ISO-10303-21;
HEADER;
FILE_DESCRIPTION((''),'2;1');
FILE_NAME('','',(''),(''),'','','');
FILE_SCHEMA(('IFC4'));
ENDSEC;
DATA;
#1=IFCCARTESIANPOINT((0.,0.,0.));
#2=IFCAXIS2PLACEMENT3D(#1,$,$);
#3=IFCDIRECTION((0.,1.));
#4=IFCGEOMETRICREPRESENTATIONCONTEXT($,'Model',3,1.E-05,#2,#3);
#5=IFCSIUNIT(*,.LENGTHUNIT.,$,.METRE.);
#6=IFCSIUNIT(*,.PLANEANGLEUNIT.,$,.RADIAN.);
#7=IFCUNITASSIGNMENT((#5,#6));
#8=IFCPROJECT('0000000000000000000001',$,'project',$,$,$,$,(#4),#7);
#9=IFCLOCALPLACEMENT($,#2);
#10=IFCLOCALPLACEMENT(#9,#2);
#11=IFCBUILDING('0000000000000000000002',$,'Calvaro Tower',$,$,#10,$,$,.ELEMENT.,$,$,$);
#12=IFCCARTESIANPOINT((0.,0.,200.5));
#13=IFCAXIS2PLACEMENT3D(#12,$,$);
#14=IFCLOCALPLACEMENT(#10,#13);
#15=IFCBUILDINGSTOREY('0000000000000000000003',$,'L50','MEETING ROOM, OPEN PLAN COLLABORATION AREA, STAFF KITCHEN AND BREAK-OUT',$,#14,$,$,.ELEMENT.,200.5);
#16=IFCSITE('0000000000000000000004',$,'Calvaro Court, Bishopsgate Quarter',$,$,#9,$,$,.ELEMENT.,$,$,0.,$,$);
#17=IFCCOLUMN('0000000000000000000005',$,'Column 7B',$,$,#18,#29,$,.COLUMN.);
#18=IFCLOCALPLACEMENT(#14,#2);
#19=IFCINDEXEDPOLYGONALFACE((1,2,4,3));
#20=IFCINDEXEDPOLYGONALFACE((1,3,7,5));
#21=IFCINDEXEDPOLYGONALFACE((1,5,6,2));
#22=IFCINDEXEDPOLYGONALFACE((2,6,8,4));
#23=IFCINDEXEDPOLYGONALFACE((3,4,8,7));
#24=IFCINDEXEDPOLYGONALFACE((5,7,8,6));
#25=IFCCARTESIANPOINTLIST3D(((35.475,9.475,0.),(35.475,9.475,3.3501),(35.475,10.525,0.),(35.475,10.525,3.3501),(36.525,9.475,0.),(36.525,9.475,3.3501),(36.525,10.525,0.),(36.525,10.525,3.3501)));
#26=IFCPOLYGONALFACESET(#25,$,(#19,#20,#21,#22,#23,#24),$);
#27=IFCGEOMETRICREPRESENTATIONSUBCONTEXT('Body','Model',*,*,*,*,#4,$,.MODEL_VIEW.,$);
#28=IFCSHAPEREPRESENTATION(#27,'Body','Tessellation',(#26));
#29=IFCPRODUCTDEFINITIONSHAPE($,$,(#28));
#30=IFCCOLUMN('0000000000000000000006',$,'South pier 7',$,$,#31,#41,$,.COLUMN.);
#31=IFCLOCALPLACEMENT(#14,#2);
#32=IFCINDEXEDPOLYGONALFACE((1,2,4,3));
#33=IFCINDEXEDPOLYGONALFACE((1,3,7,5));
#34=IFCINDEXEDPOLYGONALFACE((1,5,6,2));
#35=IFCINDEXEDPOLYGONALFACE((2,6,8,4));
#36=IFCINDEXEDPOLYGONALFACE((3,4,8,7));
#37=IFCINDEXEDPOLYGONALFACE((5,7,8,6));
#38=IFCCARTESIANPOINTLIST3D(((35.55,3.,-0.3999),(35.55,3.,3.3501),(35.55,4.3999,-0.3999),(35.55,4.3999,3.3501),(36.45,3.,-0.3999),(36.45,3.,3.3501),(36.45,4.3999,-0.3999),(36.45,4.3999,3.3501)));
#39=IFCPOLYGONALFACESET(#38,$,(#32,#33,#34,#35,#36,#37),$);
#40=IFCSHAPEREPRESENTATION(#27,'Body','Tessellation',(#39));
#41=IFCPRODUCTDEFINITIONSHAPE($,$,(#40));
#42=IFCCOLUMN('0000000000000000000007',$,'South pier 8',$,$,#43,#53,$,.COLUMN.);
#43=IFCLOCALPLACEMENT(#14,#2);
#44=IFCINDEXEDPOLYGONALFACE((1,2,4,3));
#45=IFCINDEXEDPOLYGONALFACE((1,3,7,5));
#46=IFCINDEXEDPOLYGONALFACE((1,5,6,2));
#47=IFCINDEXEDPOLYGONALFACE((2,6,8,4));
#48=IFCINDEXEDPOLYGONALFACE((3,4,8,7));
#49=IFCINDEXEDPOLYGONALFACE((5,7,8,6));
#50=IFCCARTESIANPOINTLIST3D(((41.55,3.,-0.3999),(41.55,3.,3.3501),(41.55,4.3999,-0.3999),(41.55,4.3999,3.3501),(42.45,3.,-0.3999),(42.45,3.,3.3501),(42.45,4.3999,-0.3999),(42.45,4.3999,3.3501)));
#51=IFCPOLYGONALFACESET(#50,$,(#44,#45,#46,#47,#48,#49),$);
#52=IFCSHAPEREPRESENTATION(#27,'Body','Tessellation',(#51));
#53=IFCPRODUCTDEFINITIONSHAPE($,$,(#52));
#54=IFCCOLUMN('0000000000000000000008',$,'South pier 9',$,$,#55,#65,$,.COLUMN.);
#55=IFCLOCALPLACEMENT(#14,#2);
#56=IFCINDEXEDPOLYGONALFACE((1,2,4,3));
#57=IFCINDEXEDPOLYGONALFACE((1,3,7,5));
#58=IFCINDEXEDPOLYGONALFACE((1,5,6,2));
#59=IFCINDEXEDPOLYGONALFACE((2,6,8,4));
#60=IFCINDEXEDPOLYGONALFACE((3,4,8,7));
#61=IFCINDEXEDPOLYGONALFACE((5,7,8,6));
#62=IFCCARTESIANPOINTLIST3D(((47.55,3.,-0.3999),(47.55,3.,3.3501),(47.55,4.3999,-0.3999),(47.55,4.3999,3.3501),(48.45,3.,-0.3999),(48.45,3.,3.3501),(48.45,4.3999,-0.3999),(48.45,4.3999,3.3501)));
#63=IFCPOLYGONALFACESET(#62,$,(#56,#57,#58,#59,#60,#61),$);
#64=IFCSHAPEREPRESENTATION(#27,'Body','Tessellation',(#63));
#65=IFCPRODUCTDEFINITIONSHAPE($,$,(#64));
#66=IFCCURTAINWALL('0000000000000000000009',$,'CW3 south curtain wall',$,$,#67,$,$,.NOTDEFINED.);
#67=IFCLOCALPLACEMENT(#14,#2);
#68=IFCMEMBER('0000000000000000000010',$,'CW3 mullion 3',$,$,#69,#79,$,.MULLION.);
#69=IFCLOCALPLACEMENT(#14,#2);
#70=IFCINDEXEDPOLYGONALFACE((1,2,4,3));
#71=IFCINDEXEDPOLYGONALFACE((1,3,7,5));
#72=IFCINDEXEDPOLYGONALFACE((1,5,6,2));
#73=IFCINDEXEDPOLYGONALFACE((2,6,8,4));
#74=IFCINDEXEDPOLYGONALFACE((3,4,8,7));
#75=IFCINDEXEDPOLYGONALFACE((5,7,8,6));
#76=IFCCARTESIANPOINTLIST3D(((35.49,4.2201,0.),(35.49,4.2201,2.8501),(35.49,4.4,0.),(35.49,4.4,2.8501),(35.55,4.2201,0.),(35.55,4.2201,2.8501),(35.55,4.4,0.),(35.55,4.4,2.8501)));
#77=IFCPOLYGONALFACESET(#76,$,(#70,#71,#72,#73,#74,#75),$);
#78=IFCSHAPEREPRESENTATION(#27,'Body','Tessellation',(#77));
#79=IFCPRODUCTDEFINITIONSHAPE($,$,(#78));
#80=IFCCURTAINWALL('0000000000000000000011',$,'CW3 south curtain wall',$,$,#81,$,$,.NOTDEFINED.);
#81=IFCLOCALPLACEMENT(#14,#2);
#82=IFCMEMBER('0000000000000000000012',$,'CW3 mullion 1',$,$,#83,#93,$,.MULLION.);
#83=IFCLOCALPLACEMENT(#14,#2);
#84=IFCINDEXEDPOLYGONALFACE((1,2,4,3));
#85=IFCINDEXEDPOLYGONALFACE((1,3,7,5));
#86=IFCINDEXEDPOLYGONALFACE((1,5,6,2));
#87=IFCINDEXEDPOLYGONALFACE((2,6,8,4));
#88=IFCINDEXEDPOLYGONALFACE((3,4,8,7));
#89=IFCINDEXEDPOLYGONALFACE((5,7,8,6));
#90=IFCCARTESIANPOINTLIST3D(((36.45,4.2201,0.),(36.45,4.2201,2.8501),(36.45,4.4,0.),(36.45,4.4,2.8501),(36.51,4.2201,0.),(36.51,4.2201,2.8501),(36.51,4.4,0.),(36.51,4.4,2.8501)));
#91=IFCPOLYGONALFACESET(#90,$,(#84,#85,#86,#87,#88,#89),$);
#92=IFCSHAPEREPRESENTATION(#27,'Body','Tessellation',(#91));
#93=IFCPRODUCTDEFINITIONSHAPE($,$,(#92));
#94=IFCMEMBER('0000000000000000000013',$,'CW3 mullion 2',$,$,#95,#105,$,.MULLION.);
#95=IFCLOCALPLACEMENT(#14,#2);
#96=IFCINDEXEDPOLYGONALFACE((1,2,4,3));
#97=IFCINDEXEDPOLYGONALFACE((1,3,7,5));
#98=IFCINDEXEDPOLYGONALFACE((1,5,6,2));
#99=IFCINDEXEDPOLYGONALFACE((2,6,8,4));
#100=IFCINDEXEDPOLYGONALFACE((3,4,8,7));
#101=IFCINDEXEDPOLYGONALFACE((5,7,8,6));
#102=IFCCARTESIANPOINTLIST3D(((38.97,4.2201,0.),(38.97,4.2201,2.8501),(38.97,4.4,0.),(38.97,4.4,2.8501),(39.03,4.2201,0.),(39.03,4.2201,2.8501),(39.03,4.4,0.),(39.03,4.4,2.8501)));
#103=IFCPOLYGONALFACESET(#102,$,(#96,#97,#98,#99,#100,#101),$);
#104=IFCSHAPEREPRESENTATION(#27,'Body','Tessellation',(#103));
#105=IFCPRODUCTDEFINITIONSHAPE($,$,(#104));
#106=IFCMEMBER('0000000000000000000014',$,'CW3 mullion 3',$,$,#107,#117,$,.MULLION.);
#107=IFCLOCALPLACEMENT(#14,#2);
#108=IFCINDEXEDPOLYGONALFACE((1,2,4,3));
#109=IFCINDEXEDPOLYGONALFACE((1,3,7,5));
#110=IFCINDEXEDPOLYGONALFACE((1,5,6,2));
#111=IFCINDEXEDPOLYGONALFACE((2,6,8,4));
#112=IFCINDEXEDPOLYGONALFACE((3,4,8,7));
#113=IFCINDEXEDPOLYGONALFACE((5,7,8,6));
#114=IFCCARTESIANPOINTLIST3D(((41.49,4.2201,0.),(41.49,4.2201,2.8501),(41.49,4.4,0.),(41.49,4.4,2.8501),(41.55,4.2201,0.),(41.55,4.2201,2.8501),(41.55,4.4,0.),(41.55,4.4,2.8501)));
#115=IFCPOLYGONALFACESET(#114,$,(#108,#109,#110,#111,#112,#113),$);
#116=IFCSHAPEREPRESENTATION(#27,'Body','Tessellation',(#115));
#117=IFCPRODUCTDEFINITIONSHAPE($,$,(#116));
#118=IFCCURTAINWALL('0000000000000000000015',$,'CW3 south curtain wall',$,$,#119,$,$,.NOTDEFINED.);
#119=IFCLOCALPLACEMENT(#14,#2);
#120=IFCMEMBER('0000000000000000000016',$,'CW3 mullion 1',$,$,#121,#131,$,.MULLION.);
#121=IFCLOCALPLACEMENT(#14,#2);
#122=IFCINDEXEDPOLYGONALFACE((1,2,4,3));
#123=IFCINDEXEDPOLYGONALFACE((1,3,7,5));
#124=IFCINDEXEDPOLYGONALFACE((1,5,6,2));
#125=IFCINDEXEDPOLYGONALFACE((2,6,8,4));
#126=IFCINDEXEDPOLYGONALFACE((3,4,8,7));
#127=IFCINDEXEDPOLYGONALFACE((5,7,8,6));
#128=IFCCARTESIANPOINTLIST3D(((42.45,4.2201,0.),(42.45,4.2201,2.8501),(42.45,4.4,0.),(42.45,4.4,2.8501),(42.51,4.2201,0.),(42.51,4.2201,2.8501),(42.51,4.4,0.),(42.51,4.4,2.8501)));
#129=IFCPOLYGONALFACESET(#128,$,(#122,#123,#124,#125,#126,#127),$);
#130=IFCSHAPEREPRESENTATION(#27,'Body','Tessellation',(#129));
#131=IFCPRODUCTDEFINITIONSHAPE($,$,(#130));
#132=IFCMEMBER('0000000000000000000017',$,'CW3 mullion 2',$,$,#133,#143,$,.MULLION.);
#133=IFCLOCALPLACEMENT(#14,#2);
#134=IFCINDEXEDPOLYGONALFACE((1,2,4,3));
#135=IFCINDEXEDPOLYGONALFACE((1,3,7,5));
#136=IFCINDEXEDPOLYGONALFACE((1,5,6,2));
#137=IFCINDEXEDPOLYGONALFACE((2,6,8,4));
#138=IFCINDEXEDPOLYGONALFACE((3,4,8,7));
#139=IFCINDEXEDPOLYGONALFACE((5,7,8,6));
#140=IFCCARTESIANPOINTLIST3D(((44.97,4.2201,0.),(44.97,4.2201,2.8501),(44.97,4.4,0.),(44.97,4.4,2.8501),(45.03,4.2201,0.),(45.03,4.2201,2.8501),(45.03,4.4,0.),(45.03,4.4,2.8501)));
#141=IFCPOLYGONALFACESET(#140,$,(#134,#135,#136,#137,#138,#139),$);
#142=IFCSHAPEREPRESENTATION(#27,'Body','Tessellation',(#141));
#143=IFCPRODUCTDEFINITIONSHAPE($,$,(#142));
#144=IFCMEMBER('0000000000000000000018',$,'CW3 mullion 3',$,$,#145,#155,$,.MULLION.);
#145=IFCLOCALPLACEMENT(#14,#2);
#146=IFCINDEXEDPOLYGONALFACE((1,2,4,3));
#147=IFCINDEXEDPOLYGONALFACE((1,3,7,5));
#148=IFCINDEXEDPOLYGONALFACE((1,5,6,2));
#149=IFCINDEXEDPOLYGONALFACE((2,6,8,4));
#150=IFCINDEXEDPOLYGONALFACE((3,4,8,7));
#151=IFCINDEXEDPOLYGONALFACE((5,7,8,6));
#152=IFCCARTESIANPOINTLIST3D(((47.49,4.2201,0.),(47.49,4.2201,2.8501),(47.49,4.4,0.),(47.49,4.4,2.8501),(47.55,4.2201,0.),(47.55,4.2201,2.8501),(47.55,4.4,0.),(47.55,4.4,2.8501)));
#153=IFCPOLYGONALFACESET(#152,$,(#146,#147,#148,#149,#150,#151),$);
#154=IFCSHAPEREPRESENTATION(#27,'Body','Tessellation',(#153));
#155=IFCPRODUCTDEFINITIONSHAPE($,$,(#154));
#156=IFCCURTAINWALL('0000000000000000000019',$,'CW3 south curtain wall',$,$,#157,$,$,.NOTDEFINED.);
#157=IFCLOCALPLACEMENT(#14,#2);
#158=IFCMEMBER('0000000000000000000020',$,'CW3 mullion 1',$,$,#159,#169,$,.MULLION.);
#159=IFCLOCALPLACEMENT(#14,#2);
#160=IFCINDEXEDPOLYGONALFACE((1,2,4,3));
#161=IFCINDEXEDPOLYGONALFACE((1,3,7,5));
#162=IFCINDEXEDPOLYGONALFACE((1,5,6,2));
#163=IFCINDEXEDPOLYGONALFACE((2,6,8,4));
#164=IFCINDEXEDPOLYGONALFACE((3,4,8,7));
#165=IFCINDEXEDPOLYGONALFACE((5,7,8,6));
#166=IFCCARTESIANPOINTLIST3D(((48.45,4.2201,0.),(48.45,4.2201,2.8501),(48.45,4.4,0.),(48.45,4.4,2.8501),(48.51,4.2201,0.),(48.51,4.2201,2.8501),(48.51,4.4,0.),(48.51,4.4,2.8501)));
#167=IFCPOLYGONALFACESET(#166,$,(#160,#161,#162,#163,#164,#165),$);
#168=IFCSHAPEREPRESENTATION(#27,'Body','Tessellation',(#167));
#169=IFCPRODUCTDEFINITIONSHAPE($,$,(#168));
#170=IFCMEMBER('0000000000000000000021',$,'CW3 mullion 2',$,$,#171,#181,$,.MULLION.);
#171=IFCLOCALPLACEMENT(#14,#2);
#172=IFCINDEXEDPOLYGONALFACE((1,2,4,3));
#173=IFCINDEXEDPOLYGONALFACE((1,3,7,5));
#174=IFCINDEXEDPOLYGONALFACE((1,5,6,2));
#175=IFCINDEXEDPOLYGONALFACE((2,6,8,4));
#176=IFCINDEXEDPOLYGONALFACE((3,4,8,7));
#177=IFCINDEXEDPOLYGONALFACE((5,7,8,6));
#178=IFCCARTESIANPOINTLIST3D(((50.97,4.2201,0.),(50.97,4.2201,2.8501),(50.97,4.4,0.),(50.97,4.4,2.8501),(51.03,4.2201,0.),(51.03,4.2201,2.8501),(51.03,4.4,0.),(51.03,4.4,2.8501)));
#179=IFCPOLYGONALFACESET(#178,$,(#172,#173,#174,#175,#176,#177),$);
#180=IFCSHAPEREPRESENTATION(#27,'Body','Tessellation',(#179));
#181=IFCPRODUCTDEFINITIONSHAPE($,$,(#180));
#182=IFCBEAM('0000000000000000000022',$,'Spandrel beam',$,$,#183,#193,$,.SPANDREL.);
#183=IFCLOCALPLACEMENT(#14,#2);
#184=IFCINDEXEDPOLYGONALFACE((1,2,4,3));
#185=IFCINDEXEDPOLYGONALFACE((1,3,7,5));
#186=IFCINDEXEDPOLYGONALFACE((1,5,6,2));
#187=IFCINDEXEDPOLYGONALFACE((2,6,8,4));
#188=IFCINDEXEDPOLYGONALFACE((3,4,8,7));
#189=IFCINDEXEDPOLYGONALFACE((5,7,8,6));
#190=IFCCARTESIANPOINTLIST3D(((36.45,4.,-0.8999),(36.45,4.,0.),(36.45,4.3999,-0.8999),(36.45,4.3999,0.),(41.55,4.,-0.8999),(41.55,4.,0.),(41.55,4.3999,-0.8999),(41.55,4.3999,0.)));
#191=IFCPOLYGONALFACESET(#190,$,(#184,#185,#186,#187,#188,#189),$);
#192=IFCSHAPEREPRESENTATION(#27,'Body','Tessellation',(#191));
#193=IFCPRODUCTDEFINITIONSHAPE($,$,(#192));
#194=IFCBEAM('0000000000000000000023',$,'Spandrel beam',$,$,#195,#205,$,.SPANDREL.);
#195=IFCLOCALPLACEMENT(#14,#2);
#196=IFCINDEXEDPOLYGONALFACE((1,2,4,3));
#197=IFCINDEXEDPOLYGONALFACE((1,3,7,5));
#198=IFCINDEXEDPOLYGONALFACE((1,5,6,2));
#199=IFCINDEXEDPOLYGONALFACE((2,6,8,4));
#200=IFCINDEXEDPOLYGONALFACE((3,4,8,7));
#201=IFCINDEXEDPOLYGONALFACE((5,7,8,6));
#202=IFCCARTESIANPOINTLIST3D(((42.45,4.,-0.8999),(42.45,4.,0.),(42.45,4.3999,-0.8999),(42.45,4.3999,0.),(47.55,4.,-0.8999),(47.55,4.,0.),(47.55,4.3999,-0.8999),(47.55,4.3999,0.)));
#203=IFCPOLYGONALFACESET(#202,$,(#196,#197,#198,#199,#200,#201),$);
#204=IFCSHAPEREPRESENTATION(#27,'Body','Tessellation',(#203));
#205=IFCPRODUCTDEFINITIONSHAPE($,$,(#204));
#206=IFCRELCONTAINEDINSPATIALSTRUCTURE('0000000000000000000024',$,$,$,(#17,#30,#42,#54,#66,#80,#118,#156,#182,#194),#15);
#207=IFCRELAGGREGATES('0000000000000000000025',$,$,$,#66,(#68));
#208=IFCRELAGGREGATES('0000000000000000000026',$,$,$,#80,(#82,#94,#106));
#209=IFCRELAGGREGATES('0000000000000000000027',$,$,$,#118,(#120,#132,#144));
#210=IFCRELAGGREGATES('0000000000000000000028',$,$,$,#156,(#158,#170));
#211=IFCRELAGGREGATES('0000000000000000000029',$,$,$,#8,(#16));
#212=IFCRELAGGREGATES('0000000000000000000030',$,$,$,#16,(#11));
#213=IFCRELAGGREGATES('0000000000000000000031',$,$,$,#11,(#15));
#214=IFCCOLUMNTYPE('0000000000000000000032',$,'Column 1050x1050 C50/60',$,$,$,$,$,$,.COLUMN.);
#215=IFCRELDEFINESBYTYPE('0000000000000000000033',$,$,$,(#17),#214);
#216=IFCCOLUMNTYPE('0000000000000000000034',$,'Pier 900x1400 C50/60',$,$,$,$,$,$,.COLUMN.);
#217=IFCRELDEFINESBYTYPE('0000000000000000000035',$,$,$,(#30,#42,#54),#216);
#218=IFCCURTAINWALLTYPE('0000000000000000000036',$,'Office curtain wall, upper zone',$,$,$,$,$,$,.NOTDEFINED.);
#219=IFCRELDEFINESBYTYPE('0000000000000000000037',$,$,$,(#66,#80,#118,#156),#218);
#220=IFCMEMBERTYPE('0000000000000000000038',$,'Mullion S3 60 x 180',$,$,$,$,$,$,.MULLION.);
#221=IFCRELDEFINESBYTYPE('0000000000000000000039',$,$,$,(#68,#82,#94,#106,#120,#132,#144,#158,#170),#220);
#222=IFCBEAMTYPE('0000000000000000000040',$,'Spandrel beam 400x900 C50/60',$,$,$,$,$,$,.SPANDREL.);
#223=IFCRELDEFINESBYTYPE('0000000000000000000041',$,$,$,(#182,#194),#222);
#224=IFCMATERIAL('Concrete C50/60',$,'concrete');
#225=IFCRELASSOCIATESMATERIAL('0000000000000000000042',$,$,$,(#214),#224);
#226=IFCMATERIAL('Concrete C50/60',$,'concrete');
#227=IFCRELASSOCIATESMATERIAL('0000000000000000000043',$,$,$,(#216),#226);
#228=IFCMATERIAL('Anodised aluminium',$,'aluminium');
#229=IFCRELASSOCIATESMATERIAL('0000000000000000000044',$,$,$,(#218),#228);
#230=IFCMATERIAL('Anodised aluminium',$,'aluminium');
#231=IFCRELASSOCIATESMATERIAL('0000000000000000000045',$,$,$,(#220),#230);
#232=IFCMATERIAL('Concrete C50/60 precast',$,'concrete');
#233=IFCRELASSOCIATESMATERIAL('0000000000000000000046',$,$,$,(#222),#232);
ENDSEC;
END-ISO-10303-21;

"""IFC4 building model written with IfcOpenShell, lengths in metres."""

from ifc_helpers import new_model, si_unit, direction, frame, origin, origin_2d, place, context, subcontext, project, spatial, rectangle, extrude, material, material_profile, profile_set, type_object, element, aggregate, save


model = new_model("IFC4")

# Units and contexts
model_context = context("Model", 3, precision=1e-05, world=origin(), true_north=direction((0.0, 1.0)))
body_context = subcontext(model_context, "Body", "Model", "MODEL_VIEW")
ifc_project = project(units=[si_unit("LENGTHUNIT", "METRE"), si_unit("PLANEANGLEUNIT", "RADIAN")], contexts=[model_context])

# Site, building, storey
site_placement = place(None, origin())
site = spatial("IfcSite", under=ifc_project, at=site_placement, Name="Calvaro Court, Bishopsgate Quarter", CompositionType="ELEMENT", RefElevation=0.0)
building_placement = place(site_placement, origin())
building = spatial("IfcBuilding", under=site, at=building_placement, Name="Calvaro Tower", CompositionType="ELEMENT")
storey_placement = place(building_placement, frame((0.0, 0.0, 200.5)))
storey = spatial("IfcBuildingStorey", under=building, at=storey_placement, Name="L50", Description="MEETING ROOM, OPEN PLAN COLLABORATION AREA, STAFF KITCHEN AND BREAK-OUT", CompositionType="ELEMENT", Elevation=200.5)

# Columns
ifc_material_1 = material(Name="Concrete C50/60", Category="concrete")
ifc_material_profile_1 = material_profile(ifc_material_1, rectangle(XDim=1.05, YDim=1.05, at=origin_2d()), Name="RC 1050x1050")
ifc_profile_set_1 = profile_set([ifc_material_profile_1], Name="Concrete C50/60")
column_type_1 = type_object("IfcColumnType", Name="Column 1050x1050 C50/60", PredefinedType="COLUMN", material=ifc_profile_set_1)
column_placement = place(storey_placement, frame((36.0, 10.0, 0.0), z_axis=(0.0, 0.0, 1.0), x_axis=(1.0, 0.0, 0.0)))
element("IfcColumn", 1, at=column_placement, inside=storey, type_object=column_type_1, Name="Column 7B", PredefinedType="COLUMN", context=body_context, shape_type="SweptSolid", body=[
    extrude(rectangle(XDim=1.05, YDim=1.05, at=origin_2d()), origin(), (0.0, 0.0, 1.0), 3.3501),
])
ifc_material_2 = material(Name="Concrete C50/60", Category="concrete")
ifc_material_profile_2 = material_profile(ifc_material_2, rectangle(XDim=0.8999, YDim=1.3999, at=origin_2d()), Name="RC 900x1400")
ifc_profile_set_2 = profile_set([ifc_material_profile_2], Name="Concrete C50/60")
column_type_2 = type_object("IfcColumnType", Name="Pier 900x1400 C50/60", PredefinedType="COLUMN", material=ifc_profile_set_2)
for number, where, z_axis, x_axis, name in (
    (2, (36.0, 3.7, -0.3999), (0.0, 0.0, 1.0), (1.0, 0.0, 0.0), "South pier 7"),
    (3, (42.0, 3.7, -0.3999), (0.0, 0.0, 1.0), (1.0, 0.0, 0.0), "South pier 8"),
    (4, (48.0, 3.7, -0.3999), (0.0, 0.0, 1.0), (1.0, 0.0, 0.0), "South pier 9"),
):
    element("IfcColumn", number, at=place(storey_placement, frame(where, z_axis=z_axis, x_axis=x_axis)), inside=storey, type_object=column_type_2, Name=name, PredefinedType="COLUMN", context=body_context, shape_type="SweptSolid", body=[
        extrude(rectangle(XDim=0.8999, YDim=1.3999, at=origin_2d()), origin(), (0.0, 0.0, 1.0), 3.75),
    ])

# Curtain wall, member
ifc_material_3 = material(Name="Anodised aluminium", Category="aluminium")
curtain_wall_type = type_object("IfcCurtainWallType", Name="Office curtain wall, upper zone", PredefinedType="NOTDEFINED", material=ifc_material_3)
curtain_wall_1_placement = place(storey_placement, origin())
curtain_wall_1 = element("IfcCurtainWall", 5, at=curtain_wall_1_placement, inside=storey, type_object=curtain_wall_type, Name="CW3 south curtain wall", PredefinedType="NOTDEFINED")
ifc_material_4 = material(Name="Anodised aluminium", Category="aluminium")
ifc_material_profile_3 = material_profile(ifc_material_4, rectangle(XDim=0.1799, YDim=0.0601, at=origin_2d()), Name="Mullion S3 60 x 180")
ifc_profile_set_3 = profile_set([ifc_material_profile_3], Name="Anodised aluminium")
member_type_1 = type_object("IfcMemberType", Name="Mullion S3 60 x 180", PredefinedType="MULLION", material=ifc_profile_set_3)
member_1_placement = place(storey_placement, frame((35.52, 4.3101, 0.0), z_axis=(0.0, 0.0, 1.0), x_axis=(0.0, 1.0, 0.0)))
member_1 = element("IfcMember", 6, at=member_1_placement, type_object=member_type_1, Name="CW3 mullion 3", PredefinedType="MULLION", context=body_context, shape_type="SweptSolid", body=[
    extrude(rectangle(XDim=0.1799, YDim=0.0601, at=origin_2d()), origin(), (0.0, 0.0, 1.0), 2.8501),
])
aggregate(curtain_wall_1, [member_1])

# Curtain walls, members
curtain_wall_2_placement = place(storey_placement, origin())
curtain_wall_2 = element("IfcCurtainWall", 7, at=curtain_wall_2_placement, inside=storey, type_object=curtain_wall_type, Name="CW3 south curtain wall", PredefinedType="NOTDEFINED")
member_2_placement = place(storey_placement, frame((36.48, 4.3101, 0.0), z_axis=(0.0, 0.0, 1.0), x_axis=(0.0, 1.0, 0.0)))
member_2 = element("IfcMember", 8, at=member_2_placement, type_object=member_type_1, Name="CW3 mullion 1", PredefinedType="MULLION", context=body_context, shape_type="SweptSolid", body=[
    extrude(rectangle(XDim=0.1799, YDim=0.0601, at=origin_2d()), origin(), (0.0, 0.0, 1.0), 2.8501),
])
member_3_placement = place(storey_placement, frame((39.0, 4.3101, 0.0), z_axis=(0.0, 0.0, 1.0), x_axis=(0.0, 1.0, 0.0)))
member_3 = element("IfcMember", 9, at=member_3_placement, type_object=member_type_1, Name="CW3 mullion 2", PredefinedType="MULLION", context=body_context, shape_type="SweptSolid", body=[
    extrude(rectangle(XDim=0.1799, YDim=0.0601, at=origin_2d()), origin(), (0.0, 0.0, 1.0), 2.8501),
])
member_4_placement = place(storey_placement, frame((41.52, 4.3101, 0.0), z_axis=(0.0, 0.0, 1.0), x_axis=(0.0, 1.0, 0.0)))
member_4 = element("IfcMember", 10, at=member_4_placement, type_object=member_type_1, Name="CW3 mullion 3", PredefinedType="MULLION", context=body_context, shape_type="SweptSolid", body=[
    extrude(rectangle(XDim=0.1799, YDim=0.0601, at=origin_2d()), origin(), (0.0, 0.0, 1.0), 2.8501),
])
curtain_wall_3_placement = place(storey_placement, origin())
curtain_wall_3 = element("IfcCurtainWall", 11, at=curtain_wall_3_placement, inside=storey, type_object=curtain_wall_type, Name="CW3 south curtain wall", PredefinedType="NOTDEFINED")
member_5_placement = place(storey_placement, frame((42.48, 4.3101, 0.0), z_axis=(0.0, 0.0, 1.0), x_axis=(0.0, 1.0, 0.0)))
member_5 = element("IfcMember", 12, at=member_5_placement, type_object=member_type_1, Name="CW3 mullion 1", PredefinedType="MULLION", context=body_context, shape_type="SweptSolid", body=[
    extrude(rectangle(XDim=0.1799, YDim=0.0601, at=origin_2d()), origin(), (0.0, 0.0, 1.0), 2.8501),
])
member_6_placement = place(storey_placement, frame((45.0, 4.3101, 0.0), z_axis=(0.0, 0.0, 1.0), x_axis=(0.0, 1.0, 0.0)))
member_6 = element("IfcMember", 13, at=member_6_placement, type_object=member_type_1, Name="CW3 mullion 2", PredefinedType="MULLION", context=body_context, shape_type="SweptSolid", body=[
    extrude(rectangle(XDim=0.1799, YDim=0.0601, at=origin_2d()), origin(), (0.0, 0.0, 1.0), 2.8501),
])
member_7_placement = place(storey_placement, frame((47.52, 4.3101, 0.0), z_axis=(0.0, 0.0, 1.0), x_axis=(0.0, 1.0, 0.0)))
member_7 = element("IfcMember", 14, at=member_7_placement, type_object=member_type_1, Name="CW3 mullion 3", PredefinedType="MULLION", context=body_context, shape_type="SweptSolid", body=[
    extrude(rectangle(XDim=0.1799, YDim=0.0601, at=origin_2d()), origin(), (0.0, 0.0, 1.0), 2.8501),
])
curtain_wall_4_placement = place(storey_placement, origin())
curtain_wall_4 = element("IfcCurtainWall", 15, at=curtain_wall_4_placement, inside=storey, type_object=curtain_wall_type, Name="CW3 south curtain wall", PredefinedType="NOTDEFINED")
member_8_placement = place(storey_placement, frame((48.48, 4.3101, 0.0), z_axis=(0.0, 0.0, 1.0), x_axis=(0.0, 1.0, 0.0)))
member_8 = element("IfcMember", 16, at=member_8_placement, type_object=member_type_1, Name="CW3 mullion 1", PredefinedType="MULLION", context=body_context, shape_type="SweptSolid", body=[
    extrude(rectangle(XDim=0.1799, YDim=0.0601, at=origin_2d()), origin(), (0.0, 0.0, 1.0), 2.8501),
])
member_9_placement = place(storey_placement, frame((51.0, 4.3101, 0.0), z_axis=(0.0, 0.0, 1.0), x_axis=(0.0, 1.0, 0.0)))
member_9 = element("IfcMember", 17, at=member_9_placement, type_object=member_type_1, Name="CW3 mullion 2", PredefinedType="MULLION", context=body_context, shape_type="SweptSolid", body=[
    extrude(rectangle(XDim=0.1799, YDim=0.0601, at=origin_2d()), origin(), (0.0, 0.0, 1.0), 2.8501),
])

# Beams
ifc_material_5 = material(Name="Concrete C50/60 precast", Category="concrete")
ifc_material_profile_4 = material_profile(ifc_material_5, rectangle(XDim=0.3999, YDim=0.8999, at=origin_2d()), Name="RC 400x900")
ifc_profile_set_4 = profile_set([ifc_material_profile_4], Name="Concrete C50/60 precast")
beam_type = type_object("IfcBeamType", Name="Spandrel beam 400x900 C50/60", PredefinedType="SPANDREL", material=ifc_profile_set_4)
for number, where, z_axis, x_axis, name in (
    (18, (36.45, 4.2, -0.45), (1.0, 0.0, 0.0), (0.0, 1.0, 0.0), "Spandrel beam"),
    (19, (42.45, 4.2, -0.45), (1.0, 0.0, 0.0), (0.0, 1.0, 0.0), "Spandrel beam"),
):
    element("IfcBeam", number, at=place(storey_placement, frame(where, z_axis=z_axis, x_axis=x_axis)), inside=storey, type_object=beam_type, Name=name, PredefinedType="SPANDREL", context=body_context, shape_type="SweptSolid", body=[
        extrude(rectangle(XDim=0.3999, YDim=0.8999, at=origin_2d()), origin(), (0.0, 0.0, 1.0), 5.1001),
    ])

aggregate(curtain_wall_2, [member_2, member_3, member_4])
aggregate(curtain_wall_3, [member_5, member_6, member_7])
aggregate(curtain_wall_4, [member_8, member_9])

save(model, "model.ifc")
